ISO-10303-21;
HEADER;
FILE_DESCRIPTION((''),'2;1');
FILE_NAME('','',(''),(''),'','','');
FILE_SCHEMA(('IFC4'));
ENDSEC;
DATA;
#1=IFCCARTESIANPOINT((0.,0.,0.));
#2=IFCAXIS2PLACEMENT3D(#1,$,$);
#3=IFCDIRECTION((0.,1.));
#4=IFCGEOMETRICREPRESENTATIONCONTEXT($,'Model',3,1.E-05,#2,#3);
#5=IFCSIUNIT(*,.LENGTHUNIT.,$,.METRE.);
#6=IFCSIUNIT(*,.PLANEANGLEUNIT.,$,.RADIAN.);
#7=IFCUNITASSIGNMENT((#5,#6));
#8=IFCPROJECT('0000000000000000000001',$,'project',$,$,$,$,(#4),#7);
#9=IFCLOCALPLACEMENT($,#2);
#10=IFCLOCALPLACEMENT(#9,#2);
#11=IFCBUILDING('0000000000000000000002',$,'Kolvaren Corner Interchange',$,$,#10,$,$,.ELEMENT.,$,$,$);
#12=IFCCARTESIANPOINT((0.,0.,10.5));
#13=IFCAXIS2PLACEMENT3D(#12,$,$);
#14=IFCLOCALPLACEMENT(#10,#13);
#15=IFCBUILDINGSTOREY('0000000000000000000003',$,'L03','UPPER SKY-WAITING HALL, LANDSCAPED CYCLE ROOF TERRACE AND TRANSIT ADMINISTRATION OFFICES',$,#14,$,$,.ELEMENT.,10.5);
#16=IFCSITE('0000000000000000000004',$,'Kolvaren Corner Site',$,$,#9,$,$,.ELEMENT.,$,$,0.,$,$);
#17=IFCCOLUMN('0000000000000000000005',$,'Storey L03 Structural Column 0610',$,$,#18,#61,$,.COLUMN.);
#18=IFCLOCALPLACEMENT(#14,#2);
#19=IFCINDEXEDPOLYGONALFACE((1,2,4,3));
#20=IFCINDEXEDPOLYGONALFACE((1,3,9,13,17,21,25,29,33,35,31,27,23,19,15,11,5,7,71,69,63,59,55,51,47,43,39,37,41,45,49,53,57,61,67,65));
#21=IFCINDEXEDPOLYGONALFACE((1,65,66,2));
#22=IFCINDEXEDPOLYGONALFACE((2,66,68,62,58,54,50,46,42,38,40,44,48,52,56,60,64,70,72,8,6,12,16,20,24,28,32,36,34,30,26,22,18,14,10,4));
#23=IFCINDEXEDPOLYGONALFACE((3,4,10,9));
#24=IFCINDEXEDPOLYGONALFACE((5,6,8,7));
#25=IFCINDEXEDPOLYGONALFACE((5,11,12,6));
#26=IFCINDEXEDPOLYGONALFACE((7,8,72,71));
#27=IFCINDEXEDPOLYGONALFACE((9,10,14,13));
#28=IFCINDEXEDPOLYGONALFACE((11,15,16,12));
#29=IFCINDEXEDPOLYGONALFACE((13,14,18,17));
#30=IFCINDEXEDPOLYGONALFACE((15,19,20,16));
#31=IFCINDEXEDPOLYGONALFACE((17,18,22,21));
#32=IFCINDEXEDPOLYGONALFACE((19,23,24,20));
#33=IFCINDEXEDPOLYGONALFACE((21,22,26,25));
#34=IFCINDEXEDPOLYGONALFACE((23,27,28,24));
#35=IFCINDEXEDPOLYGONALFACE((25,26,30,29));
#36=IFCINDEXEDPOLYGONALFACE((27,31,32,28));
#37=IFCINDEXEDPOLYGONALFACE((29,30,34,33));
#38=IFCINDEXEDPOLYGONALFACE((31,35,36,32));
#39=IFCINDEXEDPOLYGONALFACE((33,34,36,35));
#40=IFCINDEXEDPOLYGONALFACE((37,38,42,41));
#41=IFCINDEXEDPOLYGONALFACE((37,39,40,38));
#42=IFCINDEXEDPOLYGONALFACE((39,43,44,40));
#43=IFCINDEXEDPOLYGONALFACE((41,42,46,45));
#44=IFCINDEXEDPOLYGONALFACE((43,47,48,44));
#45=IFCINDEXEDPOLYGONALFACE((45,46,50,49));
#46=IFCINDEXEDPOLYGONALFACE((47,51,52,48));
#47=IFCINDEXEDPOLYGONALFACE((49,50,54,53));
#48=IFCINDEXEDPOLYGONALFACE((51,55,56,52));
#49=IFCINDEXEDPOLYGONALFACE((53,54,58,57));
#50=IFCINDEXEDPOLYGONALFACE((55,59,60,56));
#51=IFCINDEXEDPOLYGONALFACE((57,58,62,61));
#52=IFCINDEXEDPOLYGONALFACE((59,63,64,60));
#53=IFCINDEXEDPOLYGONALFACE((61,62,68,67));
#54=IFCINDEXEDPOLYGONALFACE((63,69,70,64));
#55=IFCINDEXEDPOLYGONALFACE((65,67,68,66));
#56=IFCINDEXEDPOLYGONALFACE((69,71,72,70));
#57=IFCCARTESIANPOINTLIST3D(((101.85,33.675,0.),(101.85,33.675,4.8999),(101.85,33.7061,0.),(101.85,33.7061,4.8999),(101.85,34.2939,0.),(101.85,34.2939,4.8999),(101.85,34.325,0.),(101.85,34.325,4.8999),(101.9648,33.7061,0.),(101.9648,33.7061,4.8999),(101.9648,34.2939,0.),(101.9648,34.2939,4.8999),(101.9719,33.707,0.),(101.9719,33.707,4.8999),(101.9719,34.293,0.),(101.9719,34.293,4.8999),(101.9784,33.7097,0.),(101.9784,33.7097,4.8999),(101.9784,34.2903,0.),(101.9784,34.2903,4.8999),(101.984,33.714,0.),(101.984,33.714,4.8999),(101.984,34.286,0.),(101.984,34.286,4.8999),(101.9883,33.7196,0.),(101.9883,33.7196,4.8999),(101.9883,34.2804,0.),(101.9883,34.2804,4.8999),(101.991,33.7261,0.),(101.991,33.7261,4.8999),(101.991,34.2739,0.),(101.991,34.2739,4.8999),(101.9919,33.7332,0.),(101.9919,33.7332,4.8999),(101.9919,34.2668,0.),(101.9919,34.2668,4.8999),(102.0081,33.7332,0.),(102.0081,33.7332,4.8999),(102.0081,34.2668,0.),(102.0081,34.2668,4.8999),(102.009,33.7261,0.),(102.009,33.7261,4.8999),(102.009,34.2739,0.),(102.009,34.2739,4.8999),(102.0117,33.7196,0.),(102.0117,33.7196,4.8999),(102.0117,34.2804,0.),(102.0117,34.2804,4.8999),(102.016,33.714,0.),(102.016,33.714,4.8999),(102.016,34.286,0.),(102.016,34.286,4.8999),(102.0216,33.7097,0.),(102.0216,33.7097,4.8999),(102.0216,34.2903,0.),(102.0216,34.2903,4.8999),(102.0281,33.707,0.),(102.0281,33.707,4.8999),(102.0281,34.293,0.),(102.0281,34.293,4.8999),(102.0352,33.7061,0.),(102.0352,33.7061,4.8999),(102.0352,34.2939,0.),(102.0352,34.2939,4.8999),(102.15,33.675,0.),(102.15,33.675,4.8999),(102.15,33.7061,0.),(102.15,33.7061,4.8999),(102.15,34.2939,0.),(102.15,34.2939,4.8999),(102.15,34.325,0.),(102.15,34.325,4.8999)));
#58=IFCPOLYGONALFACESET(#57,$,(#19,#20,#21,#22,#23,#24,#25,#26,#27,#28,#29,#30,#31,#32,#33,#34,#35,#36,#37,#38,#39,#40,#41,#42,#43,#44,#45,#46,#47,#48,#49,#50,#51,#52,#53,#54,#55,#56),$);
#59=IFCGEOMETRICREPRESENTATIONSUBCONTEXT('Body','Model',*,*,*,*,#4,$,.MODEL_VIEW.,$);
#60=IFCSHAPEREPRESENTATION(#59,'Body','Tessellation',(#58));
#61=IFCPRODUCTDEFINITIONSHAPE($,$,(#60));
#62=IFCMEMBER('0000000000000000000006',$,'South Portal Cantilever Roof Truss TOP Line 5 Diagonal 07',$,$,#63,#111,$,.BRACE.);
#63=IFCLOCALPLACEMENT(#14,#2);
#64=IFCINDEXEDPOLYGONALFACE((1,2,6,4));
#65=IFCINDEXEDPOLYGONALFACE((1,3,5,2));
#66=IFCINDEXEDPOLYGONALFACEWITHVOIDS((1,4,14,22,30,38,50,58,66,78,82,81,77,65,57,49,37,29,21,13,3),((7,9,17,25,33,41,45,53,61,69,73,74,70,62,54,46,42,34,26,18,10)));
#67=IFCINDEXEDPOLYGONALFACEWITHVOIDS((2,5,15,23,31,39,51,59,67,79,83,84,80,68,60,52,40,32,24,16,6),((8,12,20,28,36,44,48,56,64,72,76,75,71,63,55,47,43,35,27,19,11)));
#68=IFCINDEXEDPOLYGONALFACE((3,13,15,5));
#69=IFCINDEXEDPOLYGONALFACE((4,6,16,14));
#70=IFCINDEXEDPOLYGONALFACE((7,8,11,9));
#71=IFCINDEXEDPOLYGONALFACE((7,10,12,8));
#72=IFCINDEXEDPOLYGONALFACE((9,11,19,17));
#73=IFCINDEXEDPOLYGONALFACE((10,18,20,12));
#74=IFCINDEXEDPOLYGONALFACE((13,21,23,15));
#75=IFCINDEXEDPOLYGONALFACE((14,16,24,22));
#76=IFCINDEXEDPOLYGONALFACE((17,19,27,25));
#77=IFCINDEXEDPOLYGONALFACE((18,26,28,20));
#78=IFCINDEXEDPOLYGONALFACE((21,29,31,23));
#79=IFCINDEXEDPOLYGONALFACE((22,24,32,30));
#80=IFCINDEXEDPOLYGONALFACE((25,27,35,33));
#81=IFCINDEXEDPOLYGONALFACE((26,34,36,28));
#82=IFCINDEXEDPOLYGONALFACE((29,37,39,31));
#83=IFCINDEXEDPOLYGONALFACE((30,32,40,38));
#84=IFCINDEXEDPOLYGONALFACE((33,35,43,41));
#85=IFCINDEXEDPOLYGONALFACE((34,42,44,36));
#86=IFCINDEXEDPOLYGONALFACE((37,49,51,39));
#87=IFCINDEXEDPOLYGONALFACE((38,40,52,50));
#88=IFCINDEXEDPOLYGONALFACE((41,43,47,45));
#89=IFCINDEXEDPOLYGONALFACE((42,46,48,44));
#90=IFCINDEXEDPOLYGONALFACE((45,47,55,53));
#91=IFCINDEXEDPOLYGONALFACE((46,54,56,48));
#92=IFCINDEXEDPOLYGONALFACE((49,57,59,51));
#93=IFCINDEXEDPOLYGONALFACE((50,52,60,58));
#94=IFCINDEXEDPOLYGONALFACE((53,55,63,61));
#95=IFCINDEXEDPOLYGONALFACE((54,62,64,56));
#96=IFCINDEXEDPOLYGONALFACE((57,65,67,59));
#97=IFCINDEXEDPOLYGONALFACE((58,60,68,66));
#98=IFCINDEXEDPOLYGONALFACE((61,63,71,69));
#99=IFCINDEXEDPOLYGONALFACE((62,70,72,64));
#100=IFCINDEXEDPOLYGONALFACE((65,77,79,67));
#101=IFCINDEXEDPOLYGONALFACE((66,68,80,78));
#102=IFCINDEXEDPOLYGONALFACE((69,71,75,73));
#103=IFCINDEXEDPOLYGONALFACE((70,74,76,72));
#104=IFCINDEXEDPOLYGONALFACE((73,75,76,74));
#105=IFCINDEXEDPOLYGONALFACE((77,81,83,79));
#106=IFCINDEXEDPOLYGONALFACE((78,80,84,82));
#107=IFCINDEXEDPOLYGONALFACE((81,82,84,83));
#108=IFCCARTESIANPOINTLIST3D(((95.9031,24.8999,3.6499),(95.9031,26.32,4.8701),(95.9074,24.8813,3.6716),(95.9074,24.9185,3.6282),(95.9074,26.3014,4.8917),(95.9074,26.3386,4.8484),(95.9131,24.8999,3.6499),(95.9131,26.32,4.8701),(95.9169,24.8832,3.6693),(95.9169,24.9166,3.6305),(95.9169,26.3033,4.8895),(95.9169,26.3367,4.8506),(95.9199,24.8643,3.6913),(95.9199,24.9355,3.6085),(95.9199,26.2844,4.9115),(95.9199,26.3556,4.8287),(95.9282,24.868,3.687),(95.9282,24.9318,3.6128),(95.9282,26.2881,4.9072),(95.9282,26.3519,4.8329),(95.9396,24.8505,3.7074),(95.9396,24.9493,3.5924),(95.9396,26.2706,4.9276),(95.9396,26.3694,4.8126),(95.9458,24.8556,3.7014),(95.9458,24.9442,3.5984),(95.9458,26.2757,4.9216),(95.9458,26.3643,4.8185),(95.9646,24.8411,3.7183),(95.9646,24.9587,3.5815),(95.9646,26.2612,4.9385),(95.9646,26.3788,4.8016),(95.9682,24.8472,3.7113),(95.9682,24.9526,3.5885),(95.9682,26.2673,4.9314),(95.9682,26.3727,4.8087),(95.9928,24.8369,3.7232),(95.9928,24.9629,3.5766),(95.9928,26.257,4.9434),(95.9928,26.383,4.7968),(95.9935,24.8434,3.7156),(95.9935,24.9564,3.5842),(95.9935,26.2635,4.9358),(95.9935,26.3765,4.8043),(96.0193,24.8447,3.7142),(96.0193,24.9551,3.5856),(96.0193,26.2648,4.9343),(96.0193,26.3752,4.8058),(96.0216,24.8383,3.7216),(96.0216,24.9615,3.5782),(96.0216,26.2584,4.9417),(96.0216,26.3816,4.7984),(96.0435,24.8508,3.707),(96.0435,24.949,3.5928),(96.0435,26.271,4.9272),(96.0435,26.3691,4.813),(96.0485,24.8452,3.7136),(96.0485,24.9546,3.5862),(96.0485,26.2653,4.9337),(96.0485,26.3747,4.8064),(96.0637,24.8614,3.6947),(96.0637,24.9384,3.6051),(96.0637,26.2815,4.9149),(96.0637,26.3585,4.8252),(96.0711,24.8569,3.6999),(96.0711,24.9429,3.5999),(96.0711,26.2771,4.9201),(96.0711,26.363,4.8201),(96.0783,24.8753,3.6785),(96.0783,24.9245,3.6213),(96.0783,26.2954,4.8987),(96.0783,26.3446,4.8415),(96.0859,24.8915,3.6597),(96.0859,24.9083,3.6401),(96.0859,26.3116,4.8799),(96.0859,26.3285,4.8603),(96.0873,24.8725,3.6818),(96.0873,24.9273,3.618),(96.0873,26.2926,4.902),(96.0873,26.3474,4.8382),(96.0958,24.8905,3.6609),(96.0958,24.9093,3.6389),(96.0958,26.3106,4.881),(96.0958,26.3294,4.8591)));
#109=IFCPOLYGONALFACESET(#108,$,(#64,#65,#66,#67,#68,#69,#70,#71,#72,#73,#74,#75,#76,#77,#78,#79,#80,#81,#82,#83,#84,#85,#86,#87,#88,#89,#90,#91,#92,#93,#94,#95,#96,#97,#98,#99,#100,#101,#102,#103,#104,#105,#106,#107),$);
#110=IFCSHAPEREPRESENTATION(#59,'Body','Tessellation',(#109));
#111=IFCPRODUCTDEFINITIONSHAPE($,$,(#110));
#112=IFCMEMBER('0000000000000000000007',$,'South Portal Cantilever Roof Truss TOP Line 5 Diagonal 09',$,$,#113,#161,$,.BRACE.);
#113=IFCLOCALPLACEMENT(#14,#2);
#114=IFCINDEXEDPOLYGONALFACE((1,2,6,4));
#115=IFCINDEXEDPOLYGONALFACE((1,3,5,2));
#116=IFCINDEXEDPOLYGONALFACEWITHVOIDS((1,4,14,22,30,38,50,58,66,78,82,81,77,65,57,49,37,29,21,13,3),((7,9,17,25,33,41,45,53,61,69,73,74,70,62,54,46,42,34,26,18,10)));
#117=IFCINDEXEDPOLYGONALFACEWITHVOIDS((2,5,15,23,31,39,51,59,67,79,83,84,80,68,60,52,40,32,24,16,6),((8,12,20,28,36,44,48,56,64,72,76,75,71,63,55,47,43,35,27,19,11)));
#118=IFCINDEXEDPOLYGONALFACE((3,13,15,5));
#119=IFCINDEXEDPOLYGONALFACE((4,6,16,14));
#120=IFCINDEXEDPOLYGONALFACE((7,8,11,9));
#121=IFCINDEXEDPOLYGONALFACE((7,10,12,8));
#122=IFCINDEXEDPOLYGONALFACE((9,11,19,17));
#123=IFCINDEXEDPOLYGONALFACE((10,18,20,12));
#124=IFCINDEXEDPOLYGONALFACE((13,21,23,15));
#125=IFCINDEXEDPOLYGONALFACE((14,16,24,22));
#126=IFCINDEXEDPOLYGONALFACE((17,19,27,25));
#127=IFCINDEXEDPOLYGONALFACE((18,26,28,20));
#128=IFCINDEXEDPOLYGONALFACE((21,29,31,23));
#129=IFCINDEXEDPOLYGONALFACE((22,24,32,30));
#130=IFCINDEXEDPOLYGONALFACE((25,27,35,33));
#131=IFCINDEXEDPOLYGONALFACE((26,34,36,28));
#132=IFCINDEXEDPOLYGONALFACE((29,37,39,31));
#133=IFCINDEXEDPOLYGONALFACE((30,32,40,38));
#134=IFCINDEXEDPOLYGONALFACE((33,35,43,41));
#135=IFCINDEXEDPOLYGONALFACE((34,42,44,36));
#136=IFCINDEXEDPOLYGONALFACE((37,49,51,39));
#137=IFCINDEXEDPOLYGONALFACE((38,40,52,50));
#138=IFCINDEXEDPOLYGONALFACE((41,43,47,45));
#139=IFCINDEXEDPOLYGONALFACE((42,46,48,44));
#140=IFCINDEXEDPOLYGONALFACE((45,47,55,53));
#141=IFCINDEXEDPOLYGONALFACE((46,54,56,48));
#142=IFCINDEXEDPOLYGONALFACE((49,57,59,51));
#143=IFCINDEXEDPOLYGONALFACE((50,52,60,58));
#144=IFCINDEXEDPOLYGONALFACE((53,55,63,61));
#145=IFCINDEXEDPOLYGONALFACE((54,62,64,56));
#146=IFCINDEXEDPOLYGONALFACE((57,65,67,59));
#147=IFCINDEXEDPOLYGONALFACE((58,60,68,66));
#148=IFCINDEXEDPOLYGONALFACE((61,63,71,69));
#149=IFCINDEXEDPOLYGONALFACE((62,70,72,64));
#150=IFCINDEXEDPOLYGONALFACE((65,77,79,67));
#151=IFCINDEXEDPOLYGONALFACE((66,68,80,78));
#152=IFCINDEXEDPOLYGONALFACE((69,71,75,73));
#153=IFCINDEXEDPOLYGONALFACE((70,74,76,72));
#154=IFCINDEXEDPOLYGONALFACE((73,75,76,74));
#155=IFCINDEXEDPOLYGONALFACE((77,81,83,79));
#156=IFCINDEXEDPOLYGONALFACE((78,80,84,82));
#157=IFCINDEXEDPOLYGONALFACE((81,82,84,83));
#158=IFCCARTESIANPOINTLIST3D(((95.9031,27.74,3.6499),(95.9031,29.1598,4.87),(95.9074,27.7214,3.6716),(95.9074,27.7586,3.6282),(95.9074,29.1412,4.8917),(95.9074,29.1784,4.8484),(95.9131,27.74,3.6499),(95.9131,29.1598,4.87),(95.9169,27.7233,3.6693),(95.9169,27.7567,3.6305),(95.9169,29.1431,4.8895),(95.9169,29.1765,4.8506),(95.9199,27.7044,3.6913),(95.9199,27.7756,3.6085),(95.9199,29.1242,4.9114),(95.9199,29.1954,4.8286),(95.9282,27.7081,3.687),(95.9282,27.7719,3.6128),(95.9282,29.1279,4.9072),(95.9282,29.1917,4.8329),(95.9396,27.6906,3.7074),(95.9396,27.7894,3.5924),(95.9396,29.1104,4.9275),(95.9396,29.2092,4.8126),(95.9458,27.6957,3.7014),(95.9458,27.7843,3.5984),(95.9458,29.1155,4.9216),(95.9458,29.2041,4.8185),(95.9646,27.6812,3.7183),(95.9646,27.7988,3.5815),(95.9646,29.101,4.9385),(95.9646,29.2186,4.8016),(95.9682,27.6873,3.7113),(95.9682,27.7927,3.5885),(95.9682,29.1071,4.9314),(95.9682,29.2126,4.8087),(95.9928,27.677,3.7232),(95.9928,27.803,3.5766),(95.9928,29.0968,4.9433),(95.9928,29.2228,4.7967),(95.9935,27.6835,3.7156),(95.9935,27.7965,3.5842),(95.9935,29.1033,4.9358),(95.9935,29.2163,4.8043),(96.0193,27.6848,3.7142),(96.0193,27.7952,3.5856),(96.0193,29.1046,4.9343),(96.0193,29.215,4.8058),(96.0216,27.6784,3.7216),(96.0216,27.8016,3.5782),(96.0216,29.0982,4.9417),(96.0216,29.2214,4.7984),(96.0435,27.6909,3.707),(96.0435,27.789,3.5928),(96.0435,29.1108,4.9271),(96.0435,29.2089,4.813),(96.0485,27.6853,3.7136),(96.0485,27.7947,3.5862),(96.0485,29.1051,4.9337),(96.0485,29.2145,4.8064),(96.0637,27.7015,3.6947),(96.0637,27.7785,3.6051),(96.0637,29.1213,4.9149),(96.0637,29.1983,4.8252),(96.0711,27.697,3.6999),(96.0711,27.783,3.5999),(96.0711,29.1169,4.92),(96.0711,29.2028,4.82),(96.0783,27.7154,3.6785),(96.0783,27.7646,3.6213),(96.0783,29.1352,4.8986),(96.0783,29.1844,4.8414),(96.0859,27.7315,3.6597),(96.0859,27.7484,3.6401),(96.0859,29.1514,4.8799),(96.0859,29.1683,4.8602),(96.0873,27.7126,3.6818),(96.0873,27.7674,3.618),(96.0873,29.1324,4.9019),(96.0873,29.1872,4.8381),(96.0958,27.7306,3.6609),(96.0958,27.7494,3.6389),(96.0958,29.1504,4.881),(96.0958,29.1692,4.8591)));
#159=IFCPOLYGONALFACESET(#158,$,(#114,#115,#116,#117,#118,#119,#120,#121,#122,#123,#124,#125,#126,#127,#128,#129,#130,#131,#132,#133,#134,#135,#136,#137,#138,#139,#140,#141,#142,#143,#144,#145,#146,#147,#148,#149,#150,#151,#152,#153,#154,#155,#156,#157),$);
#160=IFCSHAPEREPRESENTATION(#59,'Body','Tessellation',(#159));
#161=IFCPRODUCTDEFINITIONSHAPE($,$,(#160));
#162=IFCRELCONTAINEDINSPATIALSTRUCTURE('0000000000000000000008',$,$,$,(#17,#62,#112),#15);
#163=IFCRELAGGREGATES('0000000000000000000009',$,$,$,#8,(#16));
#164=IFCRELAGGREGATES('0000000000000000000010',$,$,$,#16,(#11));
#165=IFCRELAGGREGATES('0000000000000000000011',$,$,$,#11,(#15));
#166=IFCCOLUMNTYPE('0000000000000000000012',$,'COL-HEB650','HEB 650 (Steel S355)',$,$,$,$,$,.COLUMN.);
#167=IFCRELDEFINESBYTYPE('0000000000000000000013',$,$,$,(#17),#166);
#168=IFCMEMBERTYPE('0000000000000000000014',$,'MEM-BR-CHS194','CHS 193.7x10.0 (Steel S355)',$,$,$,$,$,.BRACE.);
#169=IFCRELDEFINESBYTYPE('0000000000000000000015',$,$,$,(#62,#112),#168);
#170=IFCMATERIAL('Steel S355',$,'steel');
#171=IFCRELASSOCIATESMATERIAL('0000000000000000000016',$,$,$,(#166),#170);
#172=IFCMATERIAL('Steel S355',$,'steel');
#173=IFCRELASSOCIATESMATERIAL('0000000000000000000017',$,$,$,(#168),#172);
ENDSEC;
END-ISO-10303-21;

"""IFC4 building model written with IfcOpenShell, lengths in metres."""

from ifc_helpers import new_model, si_unit, direction, frame, origin, origin_2d, place, context, subcontext, project, spatial, hollow_circle, i_section, extrude, material, material_profile, profile_set, type_object, element, save


model = new_model("IFC4")

# Units and contexts
model_context = context("Model", 3, precision=1e-05, world=origin(), true_north=direction((0.0, 1.0)))
body_context = subcontext(model_context, "Body", "Model", "MODEL_VIEW")
ifc_project = project(units=[si_unit("LENGTHUNIT", "METRE"), si_unit("PLANEANGLEUNIT", "RADIAN")], contexts=[model_context])

# Site, building, storey
site_placement = place(None, origin())
site = spatial("IfcSite", under=ifc_project, at=site_placement, Name="Kolvaren Corner Site", CompositionType="ELEMENT", RefElevation=0.0)
building_placement = place(site_placement, origin())
building = spatial("IfcBuilding", under=site, at=building_placement, Name="Kolvaren Corner Interchange", CompositionType="ELEMENT")
storey_placement = place(building_placement, frame((0.0, 0.0, 10.5)))
storey = spatial("IfcBuildingStorey", under=building, at=storey_placement, Name="L03", Description="UPPER SKY-WAITING HALL, LANDSCAPED CYCLE ROOF TERRACE AND TRANSIT ADMINISTRATION OFFICES", CompositionType="ELEMENT", Elevation=10.5)

# Column
ifc_material_1 = material(Name="Steel S355", Category="steel")
ifc_material_profile_1 = material_profile(ifc_material_1, i_section(OverallWidth=0.3, OverallDepth=0.6499, WebThickness=0.0161, FlangeThickness=0.031, FilletRadius=0.0271, at=origin_2d()), Name="HEB 650")
ifc_profile_set_1 = profile_set([ifc_material_profile_1], Name="Steel S355")
column_type_1 = type_object("IfcColumnType", Name="COL-HEB650", Description="HEB 650 (Steel S355)", PredefinedType="COLUMN", material=ifc_profile_set_1)
for number, where, z_axis, x_axis, name in (
    (1, (102.0, 34.0, 0.0), (0.0, 0.0, 1.0), (1.0, 0.0, 0.0), "Storey L03 Structural Column 0610"),
):
    element("IfcColumn", number, at=place(storey_placement, frame(where, z_axis=z_axis, x_axis=x_axis)), inside=storey, type_object=column_type_1, Name=name, PredefinedType="COLUMN", context=body_context, shape_type="SweptSolid", body=[
        extrude(i_section(OverallWidth=0.3, OverallDepth=0.6499, WebThickness=0.0161, FlangeThickness=0.031, FilletRadius=0.0271, at=origin_2d()), origin(), (0.0, 0.0, 1.0), 4.8999),
    ])

# Members
ifc_material_2 = material(Name="Steel S355", Category="steel")
ifc_material_profile_2 = material_profile(ifc_material_2, hollow_circle(Radius=0.0969, WallThickness=0.01, at=origin_2d()), Name="CHS 193.7x10.0")
ifc_profile_set_2 = profile_set([ifc_material_profile_2], Name="Steel S355")
member_type_1 = type_object("IfcMemberType", Name="MEM-BR-CHS194", Description="CHS 193.7x10.0 (Steel S355)", PredefinedType="BRACE", material=ifc_profile_set_2)
member_1_placement = place(storey_placement, frame((96.0, 24.8999, 3.6499), z_axis=(0.0, 0.758483, 0.651693), x_axis=(-1.0, 0.0, 0.0)))
element("IfcMember", 2, at=member_1_placement, inside=storey, type_object=member_type_1, Name="South Portal Cantilever Roof Truss TOP Line 5 Diagonal 07", PredefinedType="BRACE", context=body_context, shape_type="SweptSolid", body=[
    extrude(hollow_circle(Radius=0.0969, WallThickness=0.01, at=origin_2d()), origin(), (0.0, 0.0, 1.0), 1.8723),
])
member_2_placement = place(storey_placement, frame((96.0, 27.74, 3.6499), z_axis=(0.0, 0.758428, 0.651757), x_axis=(-1.0, 0.0, 0.0)))
element("IfcMember", 3, at=member_2_placement, inside=storey, type_object=member_type_1, Name="South Portal Cantilever Roof Truss TOP Line 5 Diagonal 09", PredefinedType="BRACE", context=body_context, shape_type="SweptSolid", body=[
    extrude(hollow_circle(Radius=0.0969, WallThickness=0.01, at=origin_2d()), origin(), (0.0, 0.0, 1.0), 1.8721),
])

save(model, "model.ifc")
